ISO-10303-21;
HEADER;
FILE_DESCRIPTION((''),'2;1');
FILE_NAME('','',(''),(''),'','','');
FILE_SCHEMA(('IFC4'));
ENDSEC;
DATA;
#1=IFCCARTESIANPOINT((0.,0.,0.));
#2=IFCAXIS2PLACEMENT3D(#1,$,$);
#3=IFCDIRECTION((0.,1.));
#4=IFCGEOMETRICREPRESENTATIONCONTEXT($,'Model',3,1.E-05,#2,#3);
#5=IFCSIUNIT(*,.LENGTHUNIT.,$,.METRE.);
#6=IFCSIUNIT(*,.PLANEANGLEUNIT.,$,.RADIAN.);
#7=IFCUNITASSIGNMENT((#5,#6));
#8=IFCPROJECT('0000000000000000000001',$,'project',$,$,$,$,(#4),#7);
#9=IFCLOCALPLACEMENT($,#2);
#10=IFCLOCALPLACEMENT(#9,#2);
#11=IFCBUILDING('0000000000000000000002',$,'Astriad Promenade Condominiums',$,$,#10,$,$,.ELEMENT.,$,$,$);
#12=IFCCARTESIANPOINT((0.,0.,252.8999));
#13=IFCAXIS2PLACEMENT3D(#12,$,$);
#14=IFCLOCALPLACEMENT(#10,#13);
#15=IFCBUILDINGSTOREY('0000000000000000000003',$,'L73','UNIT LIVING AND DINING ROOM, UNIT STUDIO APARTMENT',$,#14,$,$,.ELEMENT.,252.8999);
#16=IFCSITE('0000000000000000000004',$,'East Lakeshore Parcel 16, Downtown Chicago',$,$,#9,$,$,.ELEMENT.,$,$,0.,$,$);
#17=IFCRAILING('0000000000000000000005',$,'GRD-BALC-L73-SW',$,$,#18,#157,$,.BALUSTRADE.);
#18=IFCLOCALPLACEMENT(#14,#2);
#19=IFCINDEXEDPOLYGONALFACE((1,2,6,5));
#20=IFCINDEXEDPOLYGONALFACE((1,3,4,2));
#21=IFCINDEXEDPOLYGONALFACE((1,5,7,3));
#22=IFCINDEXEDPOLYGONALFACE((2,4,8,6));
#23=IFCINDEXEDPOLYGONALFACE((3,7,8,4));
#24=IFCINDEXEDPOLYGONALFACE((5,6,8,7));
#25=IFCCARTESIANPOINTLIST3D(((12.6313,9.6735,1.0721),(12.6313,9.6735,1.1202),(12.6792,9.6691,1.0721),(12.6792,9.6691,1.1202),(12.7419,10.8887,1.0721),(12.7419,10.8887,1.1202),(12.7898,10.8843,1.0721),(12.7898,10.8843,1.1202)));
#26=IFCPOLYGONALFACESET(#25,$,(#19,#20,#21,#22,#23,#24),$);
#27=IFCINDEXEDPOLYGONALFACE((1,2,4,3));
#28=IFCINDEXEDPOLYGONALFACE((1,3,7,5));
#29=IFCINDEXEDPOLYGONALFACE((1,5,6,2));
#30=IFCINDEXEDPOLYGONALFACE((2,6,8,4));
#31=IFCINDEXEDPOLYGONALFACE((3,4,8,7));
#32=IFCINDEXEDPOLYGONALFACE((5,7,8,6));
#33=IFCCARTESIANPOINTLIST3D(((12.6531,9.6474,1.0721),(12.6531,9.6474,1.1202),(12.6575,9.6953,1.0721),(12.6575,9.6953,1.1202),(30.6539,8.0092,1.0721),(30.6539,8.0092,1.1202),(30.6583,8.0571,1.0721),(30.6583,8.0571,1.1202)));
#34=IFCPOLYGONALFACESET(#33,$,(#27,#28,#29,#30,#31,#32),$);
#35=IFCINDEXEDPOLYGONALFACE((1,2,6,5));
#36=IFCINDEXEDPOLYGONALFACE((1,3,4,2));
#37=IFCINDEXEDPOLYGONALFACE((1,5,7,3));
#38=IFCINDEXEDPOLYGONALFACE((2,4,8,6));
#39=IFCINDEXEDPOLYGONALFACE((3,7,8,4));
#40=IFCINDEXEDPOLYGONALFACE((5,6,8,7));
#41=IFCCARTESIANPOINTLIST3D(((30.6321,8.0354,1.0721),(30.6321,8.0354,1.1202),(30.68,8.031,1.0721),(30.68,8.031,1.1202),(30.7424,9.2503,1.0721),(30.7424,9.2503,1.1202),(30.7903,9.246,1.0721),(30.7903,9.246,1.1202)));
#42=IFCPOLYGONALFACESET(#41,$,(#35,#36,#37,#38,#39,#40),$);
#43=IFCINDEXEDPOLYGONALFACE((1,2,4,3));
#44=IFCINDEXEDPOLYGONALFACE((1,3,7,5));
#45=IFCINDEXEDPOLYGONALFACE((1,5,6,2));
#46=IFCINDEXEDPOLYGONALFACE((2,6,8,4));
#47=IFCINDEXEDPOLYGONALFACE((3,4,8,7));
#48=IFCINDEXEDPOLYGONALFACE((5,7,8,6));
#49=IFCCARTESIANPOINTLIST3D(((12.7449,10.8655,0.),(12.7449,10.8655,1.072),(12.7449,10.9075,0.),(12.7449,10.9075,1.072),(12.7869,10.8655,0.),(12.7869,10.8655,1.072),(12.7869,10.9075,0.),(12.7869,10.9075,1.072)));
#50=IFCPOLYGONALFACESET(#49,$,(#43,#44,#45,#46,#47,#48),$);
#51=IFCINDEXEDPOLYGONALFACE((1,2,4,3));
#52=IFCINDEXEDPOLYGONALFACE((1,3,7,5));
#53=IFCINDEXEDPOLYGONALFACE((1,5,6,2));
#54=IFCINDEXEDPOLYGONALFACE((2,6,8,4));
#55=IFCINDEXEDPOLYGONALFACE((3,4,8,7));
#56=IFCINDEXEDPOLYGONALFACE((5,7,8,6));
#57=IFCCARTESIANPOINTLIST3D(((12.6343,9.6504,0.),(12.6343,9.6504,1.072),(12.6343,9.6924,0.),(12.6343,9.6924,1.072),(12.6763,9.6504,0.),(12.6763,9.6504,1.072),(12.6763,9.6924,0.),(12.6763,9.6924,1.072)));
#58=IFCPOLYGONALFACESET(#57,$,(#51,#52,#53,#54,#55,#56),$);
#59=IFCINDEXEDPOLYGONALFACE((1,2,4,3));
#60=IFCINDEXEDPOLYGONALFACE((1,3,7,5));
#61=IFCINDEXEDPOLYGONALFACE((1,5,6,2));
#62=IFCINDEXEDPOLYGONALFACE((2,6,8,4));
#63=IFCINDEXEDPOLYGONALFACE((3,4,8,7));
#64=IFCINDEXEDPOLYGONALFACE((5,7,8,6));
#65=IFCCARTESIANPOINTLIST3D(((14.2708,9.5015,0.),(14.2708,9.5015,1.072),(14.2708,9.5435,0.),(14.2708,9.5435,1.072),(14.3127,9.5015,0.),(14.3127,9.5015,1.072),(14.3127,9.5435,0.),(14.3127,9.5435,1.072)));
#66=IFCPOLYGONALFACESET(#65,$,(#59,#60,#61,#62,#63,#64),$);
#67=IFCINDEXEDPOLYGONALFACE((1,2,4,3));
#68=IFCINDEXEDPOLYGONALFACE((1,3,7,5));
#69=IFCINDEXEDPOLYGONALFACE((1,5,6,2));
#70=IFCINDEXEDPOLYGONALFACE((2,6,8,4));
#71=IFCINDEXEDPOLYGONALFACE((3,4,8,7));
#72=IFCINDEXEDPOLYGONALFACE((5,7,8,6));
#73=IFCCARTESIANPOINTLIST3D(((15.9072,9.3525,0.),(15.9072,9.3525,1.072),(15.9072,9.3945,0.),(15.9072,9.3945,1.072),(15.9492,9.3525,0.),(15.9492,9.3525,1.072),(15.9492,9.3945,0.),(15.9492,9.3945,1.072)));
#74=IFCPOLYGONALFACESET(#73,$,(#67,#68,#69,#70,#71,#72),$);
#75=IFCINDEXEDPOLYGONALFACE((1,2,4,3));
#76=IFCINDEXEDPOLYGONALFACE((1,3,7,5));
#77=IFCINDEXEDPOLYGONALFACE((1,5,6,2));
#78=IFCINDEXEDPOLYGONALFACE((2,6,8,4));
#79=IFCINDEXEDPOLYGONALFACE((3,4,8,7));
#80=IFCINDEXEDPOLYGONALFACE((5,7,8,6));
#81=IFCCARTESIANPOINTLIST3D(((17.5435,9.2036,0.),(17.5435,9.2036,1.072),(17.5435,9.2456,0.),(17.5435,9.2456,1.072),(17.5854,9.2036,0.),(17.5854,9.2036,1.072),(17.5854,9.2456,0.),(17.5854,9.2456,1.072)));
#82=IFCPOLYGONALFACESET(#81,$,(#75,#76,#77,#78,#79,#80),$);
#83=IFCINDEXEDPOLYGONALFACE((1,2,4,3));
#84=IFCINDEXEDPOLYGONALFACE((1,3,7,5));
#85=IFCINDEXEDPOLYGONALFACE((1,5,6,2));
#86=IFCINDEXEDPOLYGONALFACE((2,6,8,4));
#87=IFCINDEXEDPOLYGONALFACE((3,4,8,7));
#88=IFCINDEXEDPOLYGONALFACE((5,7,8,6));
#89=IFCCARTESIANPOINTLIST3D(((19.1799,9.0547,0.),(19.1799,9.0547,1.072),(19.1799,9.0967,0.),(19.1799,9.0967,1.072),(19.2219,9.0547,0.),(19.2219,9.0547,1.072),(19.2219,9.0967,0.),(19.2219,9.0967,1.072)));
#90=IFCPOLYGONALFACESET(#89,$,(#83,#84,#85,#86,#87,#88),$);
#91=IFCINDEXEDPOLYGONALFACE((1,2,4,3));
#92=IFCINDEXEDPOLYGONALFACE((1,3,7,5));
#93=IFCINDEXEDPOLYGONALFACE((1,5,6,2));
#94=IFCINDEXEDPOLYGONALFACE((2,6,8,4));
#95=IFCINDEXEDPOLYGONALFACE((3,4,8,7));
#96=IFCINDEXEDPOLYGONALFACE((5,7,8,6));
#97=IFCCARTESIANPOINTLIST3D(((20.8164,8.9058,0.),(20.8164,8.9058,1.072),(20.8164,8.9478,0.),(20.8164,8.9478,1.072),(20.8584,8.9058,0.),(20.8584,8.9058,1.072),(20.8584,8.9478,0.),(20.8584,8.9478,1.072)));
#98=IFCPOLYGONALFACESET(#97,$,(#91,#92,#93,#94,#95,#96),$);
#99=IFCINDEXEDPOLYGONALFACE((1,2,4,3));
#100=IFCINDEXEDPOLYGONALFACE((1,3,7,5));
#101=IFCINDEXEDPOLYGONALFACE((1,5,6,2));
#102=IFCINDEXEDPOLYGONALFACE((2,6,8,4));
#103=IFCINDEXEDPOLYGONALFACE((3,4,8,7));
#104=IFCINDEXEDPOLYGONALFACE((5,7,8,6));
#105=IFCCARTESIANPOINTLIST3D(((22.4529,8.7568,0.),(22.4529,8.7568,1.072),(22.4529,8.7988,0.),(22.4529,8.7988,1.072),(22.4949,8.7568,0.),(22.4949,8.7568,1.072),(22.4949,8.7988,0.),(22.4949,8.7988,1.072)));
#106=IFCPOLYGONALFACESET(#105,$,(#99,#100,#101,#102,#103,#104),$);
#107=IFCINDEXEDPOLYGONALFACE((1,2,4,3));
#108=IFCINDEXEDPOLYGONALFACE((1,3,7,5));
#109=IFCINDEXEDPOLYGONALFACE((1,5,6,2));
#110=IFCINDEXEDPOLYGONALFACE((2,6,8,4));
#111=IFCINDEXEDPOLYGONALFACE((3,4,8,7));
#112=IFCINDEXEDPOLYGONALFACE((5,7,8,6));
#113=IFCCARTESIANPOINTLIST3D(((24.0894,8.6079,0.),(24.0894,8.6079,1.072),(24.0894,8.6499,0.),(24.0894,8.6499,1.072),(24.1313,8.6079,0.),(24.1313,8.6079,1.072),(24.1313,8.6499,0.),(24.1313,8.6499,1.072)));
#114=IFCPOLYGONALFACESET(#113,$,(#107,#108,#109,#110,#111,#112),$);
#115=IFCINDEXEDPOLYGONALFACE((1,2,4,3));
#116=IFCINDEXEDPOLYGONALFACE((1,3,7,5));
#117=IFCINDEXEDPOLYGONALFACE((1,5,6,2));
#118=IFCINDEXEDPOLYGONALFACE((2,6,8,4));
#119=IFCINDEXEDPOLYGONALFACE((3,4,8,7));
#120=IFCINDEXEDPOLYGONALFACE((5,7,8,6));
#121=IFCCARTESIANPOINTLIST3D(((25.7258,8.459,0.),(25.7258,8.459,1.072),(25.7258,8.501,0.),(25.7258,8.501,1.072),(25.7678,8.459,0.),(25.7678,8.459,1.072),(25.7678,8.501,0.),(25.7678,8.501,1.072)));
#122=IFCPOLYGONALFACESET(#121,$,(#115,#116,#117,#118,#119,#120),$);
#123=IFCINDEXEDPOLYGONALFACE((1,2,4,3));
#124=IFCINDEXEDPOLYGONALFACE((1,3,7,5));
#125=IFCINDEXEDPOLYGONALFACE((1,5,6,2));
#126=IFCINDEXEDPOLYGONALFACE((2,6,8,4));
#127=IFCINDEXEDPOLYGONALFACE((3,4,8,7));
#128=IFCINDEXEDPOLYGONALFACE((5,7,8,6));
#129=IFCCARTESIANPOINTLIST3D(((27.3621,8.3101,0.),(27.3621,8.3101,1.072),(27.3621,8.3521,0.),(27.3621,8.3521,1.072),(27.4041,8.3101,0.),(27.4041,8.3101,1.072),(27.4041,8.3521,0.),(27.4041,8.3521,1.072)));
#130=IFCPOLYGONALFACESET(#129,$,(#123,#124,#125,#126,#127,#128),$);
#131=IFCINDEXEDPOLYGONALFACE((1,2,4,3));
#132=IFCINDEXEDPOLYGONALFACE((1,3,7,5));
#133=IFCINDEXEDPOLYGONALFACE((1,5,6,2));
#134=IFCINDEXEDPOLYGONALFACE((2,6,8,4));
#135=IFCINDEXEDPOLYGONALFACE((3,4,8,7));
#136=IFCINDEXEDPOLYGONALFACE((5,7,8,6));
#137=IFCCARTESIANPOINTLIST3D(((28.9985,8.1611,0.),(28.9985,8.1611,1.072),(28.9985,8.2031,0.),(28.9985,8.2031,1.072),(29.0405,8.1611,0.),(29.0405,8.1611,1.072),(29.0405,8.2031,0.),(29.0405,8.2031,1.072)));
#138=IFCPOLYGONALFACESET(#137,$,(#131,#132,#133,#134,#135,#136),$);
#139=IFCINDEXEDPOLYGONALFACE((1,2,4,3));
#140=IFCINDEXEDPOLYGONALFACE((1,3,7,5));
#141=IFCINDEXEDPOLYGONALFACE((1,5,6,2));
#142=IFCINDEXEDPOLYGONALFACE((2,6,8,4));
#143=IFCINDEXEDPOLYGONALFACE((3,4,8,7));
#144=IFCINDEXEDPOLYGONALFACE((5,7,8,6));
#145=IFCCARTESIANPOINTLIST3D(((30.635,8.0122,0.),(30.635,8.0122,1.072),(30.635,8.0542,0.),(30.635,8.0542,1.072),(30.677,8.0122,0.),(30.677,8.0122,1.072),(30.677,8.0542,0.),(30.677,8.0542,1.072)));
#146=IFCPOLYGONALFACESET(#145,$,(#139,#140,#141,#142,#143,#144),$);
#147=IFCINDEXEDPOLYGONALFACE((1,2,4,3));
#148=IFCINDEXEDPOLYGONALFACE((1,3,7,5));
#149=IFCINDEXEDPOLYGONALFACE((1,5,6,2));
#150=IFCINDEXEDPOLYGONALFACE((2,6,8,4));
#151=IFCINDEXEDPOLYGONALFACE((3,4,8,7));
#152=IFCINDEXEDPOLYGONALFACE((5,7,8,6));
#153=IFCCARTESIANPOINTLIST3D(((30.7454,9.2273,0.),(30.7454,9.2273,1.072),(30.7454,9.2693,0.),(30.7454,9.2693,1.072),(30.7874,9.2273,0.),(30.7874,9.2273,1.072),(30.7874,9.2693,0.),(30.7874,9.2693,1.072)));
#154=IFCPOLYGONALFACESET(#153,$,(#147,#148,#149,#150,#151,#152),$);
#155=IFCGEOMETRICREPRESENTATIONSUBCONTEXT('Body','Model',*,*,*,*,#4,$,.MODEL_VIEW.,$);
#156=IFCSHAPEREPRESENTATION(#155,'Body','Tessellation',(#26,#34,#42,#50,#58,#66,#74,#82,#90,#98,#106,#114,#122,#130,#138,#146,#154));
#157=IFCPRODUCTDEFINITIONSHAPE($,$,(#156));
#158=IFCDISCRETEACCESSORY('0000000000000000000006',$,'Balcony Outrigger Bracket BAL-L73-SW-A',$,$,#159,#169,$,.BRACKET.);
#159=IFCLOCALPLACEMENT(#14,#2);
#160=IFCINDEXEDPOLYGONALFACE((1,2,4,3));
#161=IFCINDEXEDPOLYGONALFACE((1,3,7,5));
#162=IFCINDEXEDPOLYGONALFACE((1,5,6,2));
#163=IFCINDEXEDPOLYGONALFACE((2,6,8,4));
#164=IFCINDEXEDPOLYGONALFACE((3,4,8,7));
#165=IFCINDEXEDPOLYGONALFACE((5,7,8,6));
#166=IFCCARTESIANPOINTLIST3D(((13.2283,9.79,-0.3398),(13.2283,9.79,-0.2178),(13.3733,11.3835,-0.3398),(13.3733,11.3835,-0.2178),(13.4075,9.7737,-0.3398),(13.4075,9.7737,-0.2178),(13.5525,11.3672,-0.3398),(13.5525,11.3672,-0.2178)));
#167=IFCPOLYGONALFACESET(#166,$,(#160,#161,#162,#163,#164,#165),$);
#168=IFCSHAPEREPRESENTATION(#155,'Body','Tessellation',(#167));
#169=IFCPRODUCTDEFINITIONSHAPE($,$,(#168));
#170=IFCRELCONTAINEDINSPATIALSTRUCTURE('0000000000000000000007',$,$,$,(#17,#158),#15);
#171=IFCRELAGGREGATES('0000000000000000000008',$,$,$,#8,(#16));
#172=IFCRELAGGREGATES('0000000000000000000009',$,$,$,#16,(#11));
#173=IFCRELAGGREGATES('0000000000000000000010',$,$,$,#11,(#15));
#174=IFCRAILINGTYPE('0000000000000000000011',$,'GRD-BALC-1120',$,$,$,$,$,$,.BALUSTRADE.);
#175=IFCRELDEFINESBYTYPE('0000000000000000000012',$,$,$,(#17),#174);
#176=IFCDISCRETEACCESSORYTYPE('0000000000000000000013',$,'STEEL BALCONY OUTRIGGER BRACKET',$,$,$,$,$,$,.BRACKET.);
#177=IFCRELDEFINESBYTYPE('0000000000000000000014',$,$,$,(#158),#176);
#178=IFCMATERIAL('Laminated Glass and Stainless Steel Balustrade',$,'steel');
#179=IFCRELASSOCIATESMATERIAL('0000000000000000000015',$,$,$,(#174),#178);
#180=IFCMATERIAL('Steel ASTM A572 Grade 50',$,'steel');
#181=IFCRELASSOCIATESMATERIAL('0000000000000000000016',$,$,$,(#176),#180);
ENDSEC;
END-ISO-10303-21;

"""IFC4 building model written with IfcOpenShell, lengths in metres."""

from ifc_helpers import new_model, si_unit, direction, frame, origin, origin_2d, place, context, subcontext, project, spatial, rectangle, extrude, source, transform, mapped, material, type_object, type_shapes, element, save


model = new_model("IFC4")

# Units and contexts
model_context = context("Model", 3, precision=1e-05, world=origin(), true_north=direction((0.0, 1.0)))
body_context = subcontext(model_context, "Body", "Model", "MODEL_VIEW")
ifc_project = project(units=[si_unit("LENGTHUNIT", "METRE"), si_unit("PLANEANGLEUNIT", "RADIAN")], contexts=[model_context])

# Site, building, storey
site_placement = place(None, origin())
site = spatial("IfcSite", under=ifc_project, at=site_placement, Name="East Lakeshore Parcel 16, Downtown Chicago", CompositionType="ELEMENT", RefElevation=0.0)
building_placement = place(site_placement, origin())
building = spatial("IfcBuilding", under=site, at=building_placement, Name="Astriad Promenade Condominiums", CompositionType="ELEMENT")
storey_placement = place(building_placement, frame((0.0, 0.0, 252.8999)))
storey = spatial("IfcBuildingStorey", under=building, at=storey_placement, Name="L73", Description="UNIT LIVING AND DINING ROOM, UNIT STUDIO APARTMENT", CompositionType="ELEMENT", Elevation=252.8999)

# Railing
ifc_material_1 = material(Name="Laminated Glass and Stainless Steel Balustrade", Category="steel")
railing_type = type_object("IfcRailingType", Name="GRD-BALC-1120", PredefinedType="BALUSTRADE", material=ifc_material_1)
shared_shape_1 = source(origin(), body_context, "Body", "SweptSolid", [
    extrude(rectangle(XDim=0.0481, YDim=0.0481, at=origin_2d()), frame((0.0, 0.0, 1.0962), z_axis=(-0.090644, -0.995883, 0.0), x_axis=(0.995883, -0.090644, 0.0)), (0.0, 0.0, 1.0), 1.2202),
    extrude(rectangle(XDim=0.0481, YDim=0.0481, at=origin_2d()), frame((-0.1106, -1.2151, 1.0962), z_axis=(0.995884, -0.090632, 0.0), x_axis=(0.090632, 0.995884, 0.0)), (0.0, 0.0, 1.0), 18.0752),
    extrude(rectangle(XDim=0.0481, YDim=0.0481, at=origin_2d()), frame((17.8901, -2.8533, 1.0962), z_axis=(0.090446, 0.995901, 0.0), x_axis=(-0.995901, 0.090446, 0.0)), (0.0, 0.0, 1.0), 1.22),
    extrude(rectangle(XDim=0.042, YDim=0.042, at=origin_2d()), origin(), (0.0, 0.0, 1.0), 1.072),
    extrude(rectangle(XDim=0.042, YDim=0.042, at=origin_2d()), frame((-0.1106, -1.2151, 0.0)), (0.0, 0.0, 1.0), 1.072),
    extrude(rectangle(XDim=0.042, YDim=0.042, at=origin_2d()), frame((1.5259, -1.364, 0.0)), (0.0, 0.0, 1.0), 1.072),
    extrude(rectangle(XDim=0.042, YDim=0.042, at=origin_2d()), frame((3.1624, -1.5129, 0.0)), (0.0, 0.0, 1.0), 1.072),
    extrude(rectangle(XDim=0.042, YDim=0.042, at=origin_2d()), frame((4.7986, -1.6619, 0.0)), (0.0, 0.0, 1.0), 1.072),
    extrude(rectangle(XDim=0.042, YDim=0.042, at=origin_2d()), frame((6.4351, -1.8108, 0.0)), (0.0, 0.0, 1.0), 1.072),
    extrude(rectangle(XDim=0.042, YDim=0.042, at=origin_2d()), frame((8.0715, -1.9597, 0.0)), (0.0, 0.0, 1.0), 1.072),
    extrude(rectangle(XDim=0.042, YDim=0.042, at=origin_2d()), frame((9.708, -2.1086, 0.0)), (0.0, 0.0, 1.0), 1.072),
    extrude(rectangle(XDim=0.042, YDim=0.042, at=origin_2d()), frame((11.3445, -2.2576, 0.0)), (0.0, 0.0, 1.0), 1.072),
    extrude(rectangle(XDim=0.042, YDim=0.042, at=origin_2d()), frame((12.981, -2.4065, 0.0)), (0.0, 0.0, 1.0), 1.072),
    extrude(rectangle(XDim=0.042, YDim=0.042, at=origin_2d()), frame((14.6172, -2.5554, 0.0)), (0.0, 0.0, 1.0), 1.072),
    extrude(rectangle(XDim=0.042, YDim=0.042, at=origin_2d()), frame((16.2537, -2.7043, 0.0)), (0.0, 0.0, 1.0), 1.072),
    extrude(rectangle(XDim=0.042, YDim=0.042, at=origin_2d()), frame((17.8901, -2.8533, 0.0)), (0.0, 0.0, 1.0), 1.072),
    extrude(rectangle(XDim=0.042, YDim=0.042, at=origin_2d()), frame((18.0005, -1.6382, 0.0)), (0.0, 0.0, 1.0), 1.072),
])
type_shapes(railing_type, [shared_shape_1])
railing_placement = place(storey_placement, frame((12.7659, 10.8865, 0.0)))
element("IfcRailing", 1, at=railing_placement, inside=storey, type_object=railing_type, Name="GRD-BALC-L73-SW", PredefinedType="BALUSTRADE", context=body_context, shape_type="MappedRepresentation", body=[
    mapped(shared_shape_1, transform((0.0, 0.0, 0.0), scale=1.0)),
])

# Discrete accessory
ifc_material_2 = material(Name="Steel ASTM A572 Grade 50", Category="steel")
discrete_accessory_type = type_object("IfcDiscreteAccessoryType", Name="STEEL BALCONY OUTRIGGER BRACKET", PredefinedType="BRACKET", material=ifc_material_2)
shared_shape_2 = source(origin(), body_context, "Body", "SweptSolid", [
    extrude(rectangle(XDim=1.6001, YDim=0.1799, at=origin_2d()), origin(), (0.0, 0.0, 1.0), 0.1221),
])
type_shapes(discrete_accessory_type, [shared_shape_2])
discrete_accessory_placement = place(storey_placement, frame((13.3904, 10.5786, -0.3398), z_axis=(0.0, 0.0, 1.0), x_axis=(-0.090633, -0.995884, 0.0)))
element("IfcDiscreteAccessory", 2, at=discrete_accessory_placement, inside=storey, type_object=discrete_accessory_type, Name="Balcony Outrigger Bracket BAL-L73-SW-A", PredefinedType="BRACKET", context=body_context, shape_type="MappedRepresentation", body=[
    mapped(shared_shape_2, transform((0.0, 0.0, 0.0), scale=1.0)),
])

save(model, "model.ifc")
